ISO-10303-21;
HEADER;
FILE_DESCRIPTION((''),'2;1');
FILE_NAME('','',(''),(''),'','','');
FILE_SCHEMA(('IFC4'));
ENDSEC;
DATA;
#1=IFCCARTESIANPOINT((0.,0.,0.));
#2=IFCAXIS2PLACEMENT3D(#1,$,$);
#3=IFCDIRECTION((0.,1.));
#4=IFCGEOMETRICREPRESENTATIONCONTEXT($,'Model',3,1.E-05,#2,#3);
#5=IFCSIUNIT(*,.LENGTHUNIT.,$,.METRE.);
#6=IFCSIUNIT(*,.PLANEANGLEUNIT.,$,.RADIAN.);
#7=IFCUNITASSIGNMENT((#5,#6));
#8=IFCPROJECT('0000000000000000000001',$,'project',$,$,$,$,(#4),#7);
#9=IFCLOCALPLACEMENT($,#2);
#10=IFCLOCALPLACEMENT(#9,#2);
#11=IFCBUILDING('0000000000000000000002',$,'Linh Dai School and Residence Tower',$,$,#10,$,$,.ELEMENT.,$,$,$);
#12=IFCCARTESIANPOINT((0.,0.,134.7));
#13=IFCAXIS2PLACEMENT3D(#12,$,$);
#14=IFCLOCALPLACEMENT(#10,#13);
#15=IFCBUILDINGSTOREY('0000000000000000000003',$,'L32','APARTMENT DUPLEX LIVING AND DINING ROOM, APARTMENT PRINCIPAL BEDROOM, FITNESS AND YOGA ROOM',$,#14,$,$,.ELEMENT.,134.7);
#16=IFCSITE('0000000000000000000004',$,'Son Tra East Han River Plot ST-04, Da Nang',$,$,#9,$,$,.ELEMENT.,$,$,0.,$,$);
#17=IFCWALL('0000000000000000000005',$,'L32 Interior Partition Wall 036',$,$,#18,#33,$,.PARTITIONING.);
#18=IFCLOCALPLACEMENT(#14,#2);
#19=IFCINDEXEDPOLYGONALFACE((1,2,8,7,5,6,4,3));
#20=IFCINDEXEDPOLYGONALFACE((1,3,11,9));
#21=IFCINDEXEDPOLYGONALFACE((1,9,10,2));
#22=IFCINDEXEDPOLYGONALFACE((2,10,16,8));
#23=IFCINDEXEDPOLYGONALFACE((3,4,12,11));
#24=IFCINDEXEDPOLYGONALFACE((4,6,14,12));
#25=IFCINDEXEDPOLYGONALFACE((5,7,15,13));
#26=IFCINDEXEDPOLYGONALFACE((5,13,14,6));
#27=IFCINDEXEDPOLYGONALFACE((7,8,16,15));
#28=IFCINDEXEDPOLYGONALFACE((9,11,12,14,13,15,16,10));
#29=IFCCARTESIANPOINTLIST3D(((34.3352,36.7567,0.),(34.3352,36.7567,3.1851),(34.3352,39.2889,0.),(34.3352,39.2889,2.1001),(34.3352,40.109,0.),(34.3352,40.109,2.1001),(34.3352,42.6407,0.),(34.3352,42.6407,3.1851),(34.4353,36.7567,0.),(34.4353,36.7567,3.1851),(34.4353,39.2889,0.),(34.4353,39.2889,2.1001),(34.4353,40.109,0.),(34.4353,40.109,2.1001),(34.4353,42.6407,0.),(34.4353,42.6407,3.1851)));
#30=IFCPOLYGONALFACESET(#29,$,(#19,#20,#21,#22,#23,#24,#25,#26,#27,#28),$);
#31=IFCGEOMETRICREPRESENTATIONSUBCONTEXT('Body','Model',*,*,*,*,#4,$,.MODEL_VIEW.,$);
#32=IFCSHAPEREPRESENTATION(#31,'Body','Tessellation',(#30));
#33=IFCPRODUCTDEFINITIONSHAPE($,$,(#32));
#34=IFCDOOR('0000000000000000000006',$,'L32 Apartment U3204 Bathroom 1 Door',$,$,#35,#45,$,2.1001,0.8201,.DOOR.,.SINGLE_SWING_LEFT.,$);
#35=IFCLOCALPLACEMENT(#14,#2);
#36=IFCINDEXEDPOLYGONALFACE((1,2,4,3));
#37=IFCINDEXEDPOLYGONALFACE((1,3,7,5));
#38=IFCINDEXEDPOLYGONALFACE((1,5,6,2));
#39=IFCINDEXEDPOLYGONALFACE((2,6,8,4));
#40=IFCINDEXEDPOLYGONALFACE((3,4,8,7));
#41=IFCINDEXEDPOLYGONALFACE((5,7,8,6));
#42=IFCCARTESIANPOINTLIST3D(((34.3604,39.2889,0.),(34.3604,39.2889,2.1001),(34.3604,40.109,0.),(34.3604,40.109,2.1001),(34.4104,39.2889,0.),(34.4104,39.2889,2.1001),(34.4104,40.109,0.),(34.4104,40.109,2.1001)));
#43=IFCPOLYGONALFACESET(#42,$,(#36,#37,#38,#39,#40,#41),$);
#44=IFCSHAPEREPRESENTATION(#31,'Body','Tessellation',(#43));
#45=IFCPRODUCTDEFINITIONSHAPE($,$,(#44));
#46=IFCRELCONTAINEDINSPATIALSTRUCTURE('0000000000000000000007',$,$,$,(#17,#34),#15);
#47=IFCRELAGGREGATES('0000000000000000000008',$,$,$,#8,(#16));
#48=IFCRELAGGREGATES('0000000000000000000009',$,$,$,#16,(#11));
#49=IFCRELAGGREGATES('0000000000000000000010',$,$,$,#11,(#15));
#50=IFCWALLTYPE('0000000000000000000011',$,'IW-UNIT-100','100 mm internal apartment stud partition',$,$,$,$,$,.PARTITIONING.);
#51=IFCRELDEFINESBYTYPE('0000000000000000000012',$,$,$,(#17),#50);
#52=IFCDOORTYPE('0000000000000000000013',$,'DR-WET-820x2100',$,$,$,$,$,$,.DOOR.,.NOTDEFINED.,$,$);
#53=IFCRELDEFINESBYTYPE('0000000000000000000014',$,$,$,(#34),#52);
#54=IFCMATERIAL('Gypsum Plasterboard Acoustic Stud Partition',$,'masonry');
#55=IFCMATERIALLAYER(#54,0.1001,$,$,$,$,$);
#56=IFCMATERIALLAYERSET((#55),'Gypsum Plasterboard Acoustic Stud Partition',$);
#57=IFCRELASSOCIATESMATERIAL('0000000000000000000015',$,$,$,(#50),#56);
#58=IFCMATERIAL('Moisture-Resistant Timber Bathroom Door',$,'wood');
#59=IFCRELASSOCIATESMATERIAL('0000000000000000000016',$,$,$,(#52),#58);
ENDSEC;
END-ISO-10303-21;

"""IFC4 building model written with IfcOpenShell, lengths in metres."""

from ifc_helpers import new_model, si_unit, direction, frame, frame_2d, origin, origin_2d, place, context, subcontext, project, spatial, rectangle, extrude, source, transform, mapped, material, layer, layer_set, type_object, element, fill, save


model = new_model("IFC4")

# Units and contexts
model_context = context("Model", 3, precision=1e-05, world=origin(), true_north=direction((0.0, 1.0)))
body_context = subcontext(model_context, "Body", "Model", "MODEL_VIEW")
ifc_project = project(units=[si_unit("LENGTHUNIT", "METRE"), si_unit("PLANEANGLEUNIT", "RADIAN")], contexts=[model_context])

# Site, building, storey
site_placement = place(None, origin())
site = spatial("IfcSite", under=ifc_project, at=site_placement, Name="Son Tra East Han River Plot ST-04, Da Nang", CompositionType="ELEMENT", RefElevation=0.0)
building_placement = place(site_placement, origin())
building = spatial("IfcBuilding", under=site, at=building_placement, Name="Linh Dai School and Residence Tower", CompositionType="ELEMENT")
storey_placement = place(building_placement, frame((0.0, 0.0, 134.7)))
storey = spatial("IfcBuildingStorey", under=building, at=storey_placement, Name="L32", Description="APARTMENT DUPLEX LIVING AND DINING ROOM, APARTMENT PRINCIPAL BEDROOM, FITNESS AND YOGA ROOM", CompositionType="ELEMENT", Elevation=134.7)

# Shared definitions
ifc_material_1 = material(Name="Gypsum Plasterboard Acoustic Stud Partition", Category="masonry")
ifc_layer_1 = layer(ifc_material_1, 0.1001)
ifc_layer_set_1 = layer_set([ifc_layer_1], Name="Gypsum Plasterboard Acoustic Stud Partition")
wall_type_1 = type_object("IfcWallType", Name="IW-UNIT-100", Description="100 mm internal apartment stud partition", PredefinedType="PARTITIONING", material=ifc_layer_set_1)

# Wall, opening, door
wall_1_placement = place(storey_placement, frame((34.3853, 36.7568, 0.0), z_axis=(0.0, 0.0, 1.0), x_axis=(0.0, 1.0, 0.0)))
wall_1 = element("IfcWall", 1, at=wall_1_placement, inside=storey, type_object=wall_type_1, Name="L32 Interior Partition Wall 036", PredefinedType="PARTITIONING", context=body_context, shape_type="SweptSolid", body=[
    extrude(rectangle(XDim=5.884, YDim=0.1001, at=frame_2d((2.9419, 0.0))), origin(), (0.0, 0.0, 1.0), 3.1851),
])
opening_1_placement = place(wall_1_placement, frame((2.532, 0.0, 0.0)))
opening_1 = element("IfcOpeningElement", 2, at=opening_1_placement, cuts=wall_1, PredefinedType="OPENING", context=body_context, shape_type="SweptSolid", body=[
    extrude(rectangle(XDim=0.8201, YDim=2.1001, at=origin_2d()), frame((0.4102, 0.0601, 1.05), z_axis=(0.0, -1.0, 0.0), x_axis=(1.0, 0.0, 0.0)), (0.0, 0.0, 1.0), 0.1201),
])
ifc_material_2 = material(Name="Moisture-Resistant Timber Bathroom Door", Category="wood")
door_type = type_object("IfcDoorType", Name="DR-WET-820x2100", OperationType="NOTDEFINED", PredefinedType="DOOR", material=ifc_material_2)
shared_shape_1 = source(origin(), body_context, "Body", "SweptSolid", [
    extrude(rectangle(XDim=0.8201, YDim=2.1001, at=origin_2d()), frame((0.4102, 0.0249, 1.05), z_axis=(0.0, -1.0, 0.0), x_axis=(1.0, 0.0, 0.0)), (0.0, 0.0, 1.0), 0.05),
])
door_placement = place(opening_1_placement, origin())
door = element("IfcDoor", 3, at=door_placement, inside=storey, type_object=door_type, Name="L32 Apartment U3204 Bathroom 1 Door", OperationType="SINGLE_SWING_LEFT", OverallHeight=2.1001, OverallWidth=0.8201, PredefinedType="DOOR", context=body_context, shape_type="MappedRepresentation", body=[
    mapped(shared_shape_1, transform((0.0, 0.0, 0.0), x_axis=(1.0, 0.0, 0.0), y_axis=(0.0, 1.0, 0.0), z_axis=(0.0, 0.0, 1.0), scale=1.0)),
])
fill(opening_1, door)

save(model, "model.ifc")
